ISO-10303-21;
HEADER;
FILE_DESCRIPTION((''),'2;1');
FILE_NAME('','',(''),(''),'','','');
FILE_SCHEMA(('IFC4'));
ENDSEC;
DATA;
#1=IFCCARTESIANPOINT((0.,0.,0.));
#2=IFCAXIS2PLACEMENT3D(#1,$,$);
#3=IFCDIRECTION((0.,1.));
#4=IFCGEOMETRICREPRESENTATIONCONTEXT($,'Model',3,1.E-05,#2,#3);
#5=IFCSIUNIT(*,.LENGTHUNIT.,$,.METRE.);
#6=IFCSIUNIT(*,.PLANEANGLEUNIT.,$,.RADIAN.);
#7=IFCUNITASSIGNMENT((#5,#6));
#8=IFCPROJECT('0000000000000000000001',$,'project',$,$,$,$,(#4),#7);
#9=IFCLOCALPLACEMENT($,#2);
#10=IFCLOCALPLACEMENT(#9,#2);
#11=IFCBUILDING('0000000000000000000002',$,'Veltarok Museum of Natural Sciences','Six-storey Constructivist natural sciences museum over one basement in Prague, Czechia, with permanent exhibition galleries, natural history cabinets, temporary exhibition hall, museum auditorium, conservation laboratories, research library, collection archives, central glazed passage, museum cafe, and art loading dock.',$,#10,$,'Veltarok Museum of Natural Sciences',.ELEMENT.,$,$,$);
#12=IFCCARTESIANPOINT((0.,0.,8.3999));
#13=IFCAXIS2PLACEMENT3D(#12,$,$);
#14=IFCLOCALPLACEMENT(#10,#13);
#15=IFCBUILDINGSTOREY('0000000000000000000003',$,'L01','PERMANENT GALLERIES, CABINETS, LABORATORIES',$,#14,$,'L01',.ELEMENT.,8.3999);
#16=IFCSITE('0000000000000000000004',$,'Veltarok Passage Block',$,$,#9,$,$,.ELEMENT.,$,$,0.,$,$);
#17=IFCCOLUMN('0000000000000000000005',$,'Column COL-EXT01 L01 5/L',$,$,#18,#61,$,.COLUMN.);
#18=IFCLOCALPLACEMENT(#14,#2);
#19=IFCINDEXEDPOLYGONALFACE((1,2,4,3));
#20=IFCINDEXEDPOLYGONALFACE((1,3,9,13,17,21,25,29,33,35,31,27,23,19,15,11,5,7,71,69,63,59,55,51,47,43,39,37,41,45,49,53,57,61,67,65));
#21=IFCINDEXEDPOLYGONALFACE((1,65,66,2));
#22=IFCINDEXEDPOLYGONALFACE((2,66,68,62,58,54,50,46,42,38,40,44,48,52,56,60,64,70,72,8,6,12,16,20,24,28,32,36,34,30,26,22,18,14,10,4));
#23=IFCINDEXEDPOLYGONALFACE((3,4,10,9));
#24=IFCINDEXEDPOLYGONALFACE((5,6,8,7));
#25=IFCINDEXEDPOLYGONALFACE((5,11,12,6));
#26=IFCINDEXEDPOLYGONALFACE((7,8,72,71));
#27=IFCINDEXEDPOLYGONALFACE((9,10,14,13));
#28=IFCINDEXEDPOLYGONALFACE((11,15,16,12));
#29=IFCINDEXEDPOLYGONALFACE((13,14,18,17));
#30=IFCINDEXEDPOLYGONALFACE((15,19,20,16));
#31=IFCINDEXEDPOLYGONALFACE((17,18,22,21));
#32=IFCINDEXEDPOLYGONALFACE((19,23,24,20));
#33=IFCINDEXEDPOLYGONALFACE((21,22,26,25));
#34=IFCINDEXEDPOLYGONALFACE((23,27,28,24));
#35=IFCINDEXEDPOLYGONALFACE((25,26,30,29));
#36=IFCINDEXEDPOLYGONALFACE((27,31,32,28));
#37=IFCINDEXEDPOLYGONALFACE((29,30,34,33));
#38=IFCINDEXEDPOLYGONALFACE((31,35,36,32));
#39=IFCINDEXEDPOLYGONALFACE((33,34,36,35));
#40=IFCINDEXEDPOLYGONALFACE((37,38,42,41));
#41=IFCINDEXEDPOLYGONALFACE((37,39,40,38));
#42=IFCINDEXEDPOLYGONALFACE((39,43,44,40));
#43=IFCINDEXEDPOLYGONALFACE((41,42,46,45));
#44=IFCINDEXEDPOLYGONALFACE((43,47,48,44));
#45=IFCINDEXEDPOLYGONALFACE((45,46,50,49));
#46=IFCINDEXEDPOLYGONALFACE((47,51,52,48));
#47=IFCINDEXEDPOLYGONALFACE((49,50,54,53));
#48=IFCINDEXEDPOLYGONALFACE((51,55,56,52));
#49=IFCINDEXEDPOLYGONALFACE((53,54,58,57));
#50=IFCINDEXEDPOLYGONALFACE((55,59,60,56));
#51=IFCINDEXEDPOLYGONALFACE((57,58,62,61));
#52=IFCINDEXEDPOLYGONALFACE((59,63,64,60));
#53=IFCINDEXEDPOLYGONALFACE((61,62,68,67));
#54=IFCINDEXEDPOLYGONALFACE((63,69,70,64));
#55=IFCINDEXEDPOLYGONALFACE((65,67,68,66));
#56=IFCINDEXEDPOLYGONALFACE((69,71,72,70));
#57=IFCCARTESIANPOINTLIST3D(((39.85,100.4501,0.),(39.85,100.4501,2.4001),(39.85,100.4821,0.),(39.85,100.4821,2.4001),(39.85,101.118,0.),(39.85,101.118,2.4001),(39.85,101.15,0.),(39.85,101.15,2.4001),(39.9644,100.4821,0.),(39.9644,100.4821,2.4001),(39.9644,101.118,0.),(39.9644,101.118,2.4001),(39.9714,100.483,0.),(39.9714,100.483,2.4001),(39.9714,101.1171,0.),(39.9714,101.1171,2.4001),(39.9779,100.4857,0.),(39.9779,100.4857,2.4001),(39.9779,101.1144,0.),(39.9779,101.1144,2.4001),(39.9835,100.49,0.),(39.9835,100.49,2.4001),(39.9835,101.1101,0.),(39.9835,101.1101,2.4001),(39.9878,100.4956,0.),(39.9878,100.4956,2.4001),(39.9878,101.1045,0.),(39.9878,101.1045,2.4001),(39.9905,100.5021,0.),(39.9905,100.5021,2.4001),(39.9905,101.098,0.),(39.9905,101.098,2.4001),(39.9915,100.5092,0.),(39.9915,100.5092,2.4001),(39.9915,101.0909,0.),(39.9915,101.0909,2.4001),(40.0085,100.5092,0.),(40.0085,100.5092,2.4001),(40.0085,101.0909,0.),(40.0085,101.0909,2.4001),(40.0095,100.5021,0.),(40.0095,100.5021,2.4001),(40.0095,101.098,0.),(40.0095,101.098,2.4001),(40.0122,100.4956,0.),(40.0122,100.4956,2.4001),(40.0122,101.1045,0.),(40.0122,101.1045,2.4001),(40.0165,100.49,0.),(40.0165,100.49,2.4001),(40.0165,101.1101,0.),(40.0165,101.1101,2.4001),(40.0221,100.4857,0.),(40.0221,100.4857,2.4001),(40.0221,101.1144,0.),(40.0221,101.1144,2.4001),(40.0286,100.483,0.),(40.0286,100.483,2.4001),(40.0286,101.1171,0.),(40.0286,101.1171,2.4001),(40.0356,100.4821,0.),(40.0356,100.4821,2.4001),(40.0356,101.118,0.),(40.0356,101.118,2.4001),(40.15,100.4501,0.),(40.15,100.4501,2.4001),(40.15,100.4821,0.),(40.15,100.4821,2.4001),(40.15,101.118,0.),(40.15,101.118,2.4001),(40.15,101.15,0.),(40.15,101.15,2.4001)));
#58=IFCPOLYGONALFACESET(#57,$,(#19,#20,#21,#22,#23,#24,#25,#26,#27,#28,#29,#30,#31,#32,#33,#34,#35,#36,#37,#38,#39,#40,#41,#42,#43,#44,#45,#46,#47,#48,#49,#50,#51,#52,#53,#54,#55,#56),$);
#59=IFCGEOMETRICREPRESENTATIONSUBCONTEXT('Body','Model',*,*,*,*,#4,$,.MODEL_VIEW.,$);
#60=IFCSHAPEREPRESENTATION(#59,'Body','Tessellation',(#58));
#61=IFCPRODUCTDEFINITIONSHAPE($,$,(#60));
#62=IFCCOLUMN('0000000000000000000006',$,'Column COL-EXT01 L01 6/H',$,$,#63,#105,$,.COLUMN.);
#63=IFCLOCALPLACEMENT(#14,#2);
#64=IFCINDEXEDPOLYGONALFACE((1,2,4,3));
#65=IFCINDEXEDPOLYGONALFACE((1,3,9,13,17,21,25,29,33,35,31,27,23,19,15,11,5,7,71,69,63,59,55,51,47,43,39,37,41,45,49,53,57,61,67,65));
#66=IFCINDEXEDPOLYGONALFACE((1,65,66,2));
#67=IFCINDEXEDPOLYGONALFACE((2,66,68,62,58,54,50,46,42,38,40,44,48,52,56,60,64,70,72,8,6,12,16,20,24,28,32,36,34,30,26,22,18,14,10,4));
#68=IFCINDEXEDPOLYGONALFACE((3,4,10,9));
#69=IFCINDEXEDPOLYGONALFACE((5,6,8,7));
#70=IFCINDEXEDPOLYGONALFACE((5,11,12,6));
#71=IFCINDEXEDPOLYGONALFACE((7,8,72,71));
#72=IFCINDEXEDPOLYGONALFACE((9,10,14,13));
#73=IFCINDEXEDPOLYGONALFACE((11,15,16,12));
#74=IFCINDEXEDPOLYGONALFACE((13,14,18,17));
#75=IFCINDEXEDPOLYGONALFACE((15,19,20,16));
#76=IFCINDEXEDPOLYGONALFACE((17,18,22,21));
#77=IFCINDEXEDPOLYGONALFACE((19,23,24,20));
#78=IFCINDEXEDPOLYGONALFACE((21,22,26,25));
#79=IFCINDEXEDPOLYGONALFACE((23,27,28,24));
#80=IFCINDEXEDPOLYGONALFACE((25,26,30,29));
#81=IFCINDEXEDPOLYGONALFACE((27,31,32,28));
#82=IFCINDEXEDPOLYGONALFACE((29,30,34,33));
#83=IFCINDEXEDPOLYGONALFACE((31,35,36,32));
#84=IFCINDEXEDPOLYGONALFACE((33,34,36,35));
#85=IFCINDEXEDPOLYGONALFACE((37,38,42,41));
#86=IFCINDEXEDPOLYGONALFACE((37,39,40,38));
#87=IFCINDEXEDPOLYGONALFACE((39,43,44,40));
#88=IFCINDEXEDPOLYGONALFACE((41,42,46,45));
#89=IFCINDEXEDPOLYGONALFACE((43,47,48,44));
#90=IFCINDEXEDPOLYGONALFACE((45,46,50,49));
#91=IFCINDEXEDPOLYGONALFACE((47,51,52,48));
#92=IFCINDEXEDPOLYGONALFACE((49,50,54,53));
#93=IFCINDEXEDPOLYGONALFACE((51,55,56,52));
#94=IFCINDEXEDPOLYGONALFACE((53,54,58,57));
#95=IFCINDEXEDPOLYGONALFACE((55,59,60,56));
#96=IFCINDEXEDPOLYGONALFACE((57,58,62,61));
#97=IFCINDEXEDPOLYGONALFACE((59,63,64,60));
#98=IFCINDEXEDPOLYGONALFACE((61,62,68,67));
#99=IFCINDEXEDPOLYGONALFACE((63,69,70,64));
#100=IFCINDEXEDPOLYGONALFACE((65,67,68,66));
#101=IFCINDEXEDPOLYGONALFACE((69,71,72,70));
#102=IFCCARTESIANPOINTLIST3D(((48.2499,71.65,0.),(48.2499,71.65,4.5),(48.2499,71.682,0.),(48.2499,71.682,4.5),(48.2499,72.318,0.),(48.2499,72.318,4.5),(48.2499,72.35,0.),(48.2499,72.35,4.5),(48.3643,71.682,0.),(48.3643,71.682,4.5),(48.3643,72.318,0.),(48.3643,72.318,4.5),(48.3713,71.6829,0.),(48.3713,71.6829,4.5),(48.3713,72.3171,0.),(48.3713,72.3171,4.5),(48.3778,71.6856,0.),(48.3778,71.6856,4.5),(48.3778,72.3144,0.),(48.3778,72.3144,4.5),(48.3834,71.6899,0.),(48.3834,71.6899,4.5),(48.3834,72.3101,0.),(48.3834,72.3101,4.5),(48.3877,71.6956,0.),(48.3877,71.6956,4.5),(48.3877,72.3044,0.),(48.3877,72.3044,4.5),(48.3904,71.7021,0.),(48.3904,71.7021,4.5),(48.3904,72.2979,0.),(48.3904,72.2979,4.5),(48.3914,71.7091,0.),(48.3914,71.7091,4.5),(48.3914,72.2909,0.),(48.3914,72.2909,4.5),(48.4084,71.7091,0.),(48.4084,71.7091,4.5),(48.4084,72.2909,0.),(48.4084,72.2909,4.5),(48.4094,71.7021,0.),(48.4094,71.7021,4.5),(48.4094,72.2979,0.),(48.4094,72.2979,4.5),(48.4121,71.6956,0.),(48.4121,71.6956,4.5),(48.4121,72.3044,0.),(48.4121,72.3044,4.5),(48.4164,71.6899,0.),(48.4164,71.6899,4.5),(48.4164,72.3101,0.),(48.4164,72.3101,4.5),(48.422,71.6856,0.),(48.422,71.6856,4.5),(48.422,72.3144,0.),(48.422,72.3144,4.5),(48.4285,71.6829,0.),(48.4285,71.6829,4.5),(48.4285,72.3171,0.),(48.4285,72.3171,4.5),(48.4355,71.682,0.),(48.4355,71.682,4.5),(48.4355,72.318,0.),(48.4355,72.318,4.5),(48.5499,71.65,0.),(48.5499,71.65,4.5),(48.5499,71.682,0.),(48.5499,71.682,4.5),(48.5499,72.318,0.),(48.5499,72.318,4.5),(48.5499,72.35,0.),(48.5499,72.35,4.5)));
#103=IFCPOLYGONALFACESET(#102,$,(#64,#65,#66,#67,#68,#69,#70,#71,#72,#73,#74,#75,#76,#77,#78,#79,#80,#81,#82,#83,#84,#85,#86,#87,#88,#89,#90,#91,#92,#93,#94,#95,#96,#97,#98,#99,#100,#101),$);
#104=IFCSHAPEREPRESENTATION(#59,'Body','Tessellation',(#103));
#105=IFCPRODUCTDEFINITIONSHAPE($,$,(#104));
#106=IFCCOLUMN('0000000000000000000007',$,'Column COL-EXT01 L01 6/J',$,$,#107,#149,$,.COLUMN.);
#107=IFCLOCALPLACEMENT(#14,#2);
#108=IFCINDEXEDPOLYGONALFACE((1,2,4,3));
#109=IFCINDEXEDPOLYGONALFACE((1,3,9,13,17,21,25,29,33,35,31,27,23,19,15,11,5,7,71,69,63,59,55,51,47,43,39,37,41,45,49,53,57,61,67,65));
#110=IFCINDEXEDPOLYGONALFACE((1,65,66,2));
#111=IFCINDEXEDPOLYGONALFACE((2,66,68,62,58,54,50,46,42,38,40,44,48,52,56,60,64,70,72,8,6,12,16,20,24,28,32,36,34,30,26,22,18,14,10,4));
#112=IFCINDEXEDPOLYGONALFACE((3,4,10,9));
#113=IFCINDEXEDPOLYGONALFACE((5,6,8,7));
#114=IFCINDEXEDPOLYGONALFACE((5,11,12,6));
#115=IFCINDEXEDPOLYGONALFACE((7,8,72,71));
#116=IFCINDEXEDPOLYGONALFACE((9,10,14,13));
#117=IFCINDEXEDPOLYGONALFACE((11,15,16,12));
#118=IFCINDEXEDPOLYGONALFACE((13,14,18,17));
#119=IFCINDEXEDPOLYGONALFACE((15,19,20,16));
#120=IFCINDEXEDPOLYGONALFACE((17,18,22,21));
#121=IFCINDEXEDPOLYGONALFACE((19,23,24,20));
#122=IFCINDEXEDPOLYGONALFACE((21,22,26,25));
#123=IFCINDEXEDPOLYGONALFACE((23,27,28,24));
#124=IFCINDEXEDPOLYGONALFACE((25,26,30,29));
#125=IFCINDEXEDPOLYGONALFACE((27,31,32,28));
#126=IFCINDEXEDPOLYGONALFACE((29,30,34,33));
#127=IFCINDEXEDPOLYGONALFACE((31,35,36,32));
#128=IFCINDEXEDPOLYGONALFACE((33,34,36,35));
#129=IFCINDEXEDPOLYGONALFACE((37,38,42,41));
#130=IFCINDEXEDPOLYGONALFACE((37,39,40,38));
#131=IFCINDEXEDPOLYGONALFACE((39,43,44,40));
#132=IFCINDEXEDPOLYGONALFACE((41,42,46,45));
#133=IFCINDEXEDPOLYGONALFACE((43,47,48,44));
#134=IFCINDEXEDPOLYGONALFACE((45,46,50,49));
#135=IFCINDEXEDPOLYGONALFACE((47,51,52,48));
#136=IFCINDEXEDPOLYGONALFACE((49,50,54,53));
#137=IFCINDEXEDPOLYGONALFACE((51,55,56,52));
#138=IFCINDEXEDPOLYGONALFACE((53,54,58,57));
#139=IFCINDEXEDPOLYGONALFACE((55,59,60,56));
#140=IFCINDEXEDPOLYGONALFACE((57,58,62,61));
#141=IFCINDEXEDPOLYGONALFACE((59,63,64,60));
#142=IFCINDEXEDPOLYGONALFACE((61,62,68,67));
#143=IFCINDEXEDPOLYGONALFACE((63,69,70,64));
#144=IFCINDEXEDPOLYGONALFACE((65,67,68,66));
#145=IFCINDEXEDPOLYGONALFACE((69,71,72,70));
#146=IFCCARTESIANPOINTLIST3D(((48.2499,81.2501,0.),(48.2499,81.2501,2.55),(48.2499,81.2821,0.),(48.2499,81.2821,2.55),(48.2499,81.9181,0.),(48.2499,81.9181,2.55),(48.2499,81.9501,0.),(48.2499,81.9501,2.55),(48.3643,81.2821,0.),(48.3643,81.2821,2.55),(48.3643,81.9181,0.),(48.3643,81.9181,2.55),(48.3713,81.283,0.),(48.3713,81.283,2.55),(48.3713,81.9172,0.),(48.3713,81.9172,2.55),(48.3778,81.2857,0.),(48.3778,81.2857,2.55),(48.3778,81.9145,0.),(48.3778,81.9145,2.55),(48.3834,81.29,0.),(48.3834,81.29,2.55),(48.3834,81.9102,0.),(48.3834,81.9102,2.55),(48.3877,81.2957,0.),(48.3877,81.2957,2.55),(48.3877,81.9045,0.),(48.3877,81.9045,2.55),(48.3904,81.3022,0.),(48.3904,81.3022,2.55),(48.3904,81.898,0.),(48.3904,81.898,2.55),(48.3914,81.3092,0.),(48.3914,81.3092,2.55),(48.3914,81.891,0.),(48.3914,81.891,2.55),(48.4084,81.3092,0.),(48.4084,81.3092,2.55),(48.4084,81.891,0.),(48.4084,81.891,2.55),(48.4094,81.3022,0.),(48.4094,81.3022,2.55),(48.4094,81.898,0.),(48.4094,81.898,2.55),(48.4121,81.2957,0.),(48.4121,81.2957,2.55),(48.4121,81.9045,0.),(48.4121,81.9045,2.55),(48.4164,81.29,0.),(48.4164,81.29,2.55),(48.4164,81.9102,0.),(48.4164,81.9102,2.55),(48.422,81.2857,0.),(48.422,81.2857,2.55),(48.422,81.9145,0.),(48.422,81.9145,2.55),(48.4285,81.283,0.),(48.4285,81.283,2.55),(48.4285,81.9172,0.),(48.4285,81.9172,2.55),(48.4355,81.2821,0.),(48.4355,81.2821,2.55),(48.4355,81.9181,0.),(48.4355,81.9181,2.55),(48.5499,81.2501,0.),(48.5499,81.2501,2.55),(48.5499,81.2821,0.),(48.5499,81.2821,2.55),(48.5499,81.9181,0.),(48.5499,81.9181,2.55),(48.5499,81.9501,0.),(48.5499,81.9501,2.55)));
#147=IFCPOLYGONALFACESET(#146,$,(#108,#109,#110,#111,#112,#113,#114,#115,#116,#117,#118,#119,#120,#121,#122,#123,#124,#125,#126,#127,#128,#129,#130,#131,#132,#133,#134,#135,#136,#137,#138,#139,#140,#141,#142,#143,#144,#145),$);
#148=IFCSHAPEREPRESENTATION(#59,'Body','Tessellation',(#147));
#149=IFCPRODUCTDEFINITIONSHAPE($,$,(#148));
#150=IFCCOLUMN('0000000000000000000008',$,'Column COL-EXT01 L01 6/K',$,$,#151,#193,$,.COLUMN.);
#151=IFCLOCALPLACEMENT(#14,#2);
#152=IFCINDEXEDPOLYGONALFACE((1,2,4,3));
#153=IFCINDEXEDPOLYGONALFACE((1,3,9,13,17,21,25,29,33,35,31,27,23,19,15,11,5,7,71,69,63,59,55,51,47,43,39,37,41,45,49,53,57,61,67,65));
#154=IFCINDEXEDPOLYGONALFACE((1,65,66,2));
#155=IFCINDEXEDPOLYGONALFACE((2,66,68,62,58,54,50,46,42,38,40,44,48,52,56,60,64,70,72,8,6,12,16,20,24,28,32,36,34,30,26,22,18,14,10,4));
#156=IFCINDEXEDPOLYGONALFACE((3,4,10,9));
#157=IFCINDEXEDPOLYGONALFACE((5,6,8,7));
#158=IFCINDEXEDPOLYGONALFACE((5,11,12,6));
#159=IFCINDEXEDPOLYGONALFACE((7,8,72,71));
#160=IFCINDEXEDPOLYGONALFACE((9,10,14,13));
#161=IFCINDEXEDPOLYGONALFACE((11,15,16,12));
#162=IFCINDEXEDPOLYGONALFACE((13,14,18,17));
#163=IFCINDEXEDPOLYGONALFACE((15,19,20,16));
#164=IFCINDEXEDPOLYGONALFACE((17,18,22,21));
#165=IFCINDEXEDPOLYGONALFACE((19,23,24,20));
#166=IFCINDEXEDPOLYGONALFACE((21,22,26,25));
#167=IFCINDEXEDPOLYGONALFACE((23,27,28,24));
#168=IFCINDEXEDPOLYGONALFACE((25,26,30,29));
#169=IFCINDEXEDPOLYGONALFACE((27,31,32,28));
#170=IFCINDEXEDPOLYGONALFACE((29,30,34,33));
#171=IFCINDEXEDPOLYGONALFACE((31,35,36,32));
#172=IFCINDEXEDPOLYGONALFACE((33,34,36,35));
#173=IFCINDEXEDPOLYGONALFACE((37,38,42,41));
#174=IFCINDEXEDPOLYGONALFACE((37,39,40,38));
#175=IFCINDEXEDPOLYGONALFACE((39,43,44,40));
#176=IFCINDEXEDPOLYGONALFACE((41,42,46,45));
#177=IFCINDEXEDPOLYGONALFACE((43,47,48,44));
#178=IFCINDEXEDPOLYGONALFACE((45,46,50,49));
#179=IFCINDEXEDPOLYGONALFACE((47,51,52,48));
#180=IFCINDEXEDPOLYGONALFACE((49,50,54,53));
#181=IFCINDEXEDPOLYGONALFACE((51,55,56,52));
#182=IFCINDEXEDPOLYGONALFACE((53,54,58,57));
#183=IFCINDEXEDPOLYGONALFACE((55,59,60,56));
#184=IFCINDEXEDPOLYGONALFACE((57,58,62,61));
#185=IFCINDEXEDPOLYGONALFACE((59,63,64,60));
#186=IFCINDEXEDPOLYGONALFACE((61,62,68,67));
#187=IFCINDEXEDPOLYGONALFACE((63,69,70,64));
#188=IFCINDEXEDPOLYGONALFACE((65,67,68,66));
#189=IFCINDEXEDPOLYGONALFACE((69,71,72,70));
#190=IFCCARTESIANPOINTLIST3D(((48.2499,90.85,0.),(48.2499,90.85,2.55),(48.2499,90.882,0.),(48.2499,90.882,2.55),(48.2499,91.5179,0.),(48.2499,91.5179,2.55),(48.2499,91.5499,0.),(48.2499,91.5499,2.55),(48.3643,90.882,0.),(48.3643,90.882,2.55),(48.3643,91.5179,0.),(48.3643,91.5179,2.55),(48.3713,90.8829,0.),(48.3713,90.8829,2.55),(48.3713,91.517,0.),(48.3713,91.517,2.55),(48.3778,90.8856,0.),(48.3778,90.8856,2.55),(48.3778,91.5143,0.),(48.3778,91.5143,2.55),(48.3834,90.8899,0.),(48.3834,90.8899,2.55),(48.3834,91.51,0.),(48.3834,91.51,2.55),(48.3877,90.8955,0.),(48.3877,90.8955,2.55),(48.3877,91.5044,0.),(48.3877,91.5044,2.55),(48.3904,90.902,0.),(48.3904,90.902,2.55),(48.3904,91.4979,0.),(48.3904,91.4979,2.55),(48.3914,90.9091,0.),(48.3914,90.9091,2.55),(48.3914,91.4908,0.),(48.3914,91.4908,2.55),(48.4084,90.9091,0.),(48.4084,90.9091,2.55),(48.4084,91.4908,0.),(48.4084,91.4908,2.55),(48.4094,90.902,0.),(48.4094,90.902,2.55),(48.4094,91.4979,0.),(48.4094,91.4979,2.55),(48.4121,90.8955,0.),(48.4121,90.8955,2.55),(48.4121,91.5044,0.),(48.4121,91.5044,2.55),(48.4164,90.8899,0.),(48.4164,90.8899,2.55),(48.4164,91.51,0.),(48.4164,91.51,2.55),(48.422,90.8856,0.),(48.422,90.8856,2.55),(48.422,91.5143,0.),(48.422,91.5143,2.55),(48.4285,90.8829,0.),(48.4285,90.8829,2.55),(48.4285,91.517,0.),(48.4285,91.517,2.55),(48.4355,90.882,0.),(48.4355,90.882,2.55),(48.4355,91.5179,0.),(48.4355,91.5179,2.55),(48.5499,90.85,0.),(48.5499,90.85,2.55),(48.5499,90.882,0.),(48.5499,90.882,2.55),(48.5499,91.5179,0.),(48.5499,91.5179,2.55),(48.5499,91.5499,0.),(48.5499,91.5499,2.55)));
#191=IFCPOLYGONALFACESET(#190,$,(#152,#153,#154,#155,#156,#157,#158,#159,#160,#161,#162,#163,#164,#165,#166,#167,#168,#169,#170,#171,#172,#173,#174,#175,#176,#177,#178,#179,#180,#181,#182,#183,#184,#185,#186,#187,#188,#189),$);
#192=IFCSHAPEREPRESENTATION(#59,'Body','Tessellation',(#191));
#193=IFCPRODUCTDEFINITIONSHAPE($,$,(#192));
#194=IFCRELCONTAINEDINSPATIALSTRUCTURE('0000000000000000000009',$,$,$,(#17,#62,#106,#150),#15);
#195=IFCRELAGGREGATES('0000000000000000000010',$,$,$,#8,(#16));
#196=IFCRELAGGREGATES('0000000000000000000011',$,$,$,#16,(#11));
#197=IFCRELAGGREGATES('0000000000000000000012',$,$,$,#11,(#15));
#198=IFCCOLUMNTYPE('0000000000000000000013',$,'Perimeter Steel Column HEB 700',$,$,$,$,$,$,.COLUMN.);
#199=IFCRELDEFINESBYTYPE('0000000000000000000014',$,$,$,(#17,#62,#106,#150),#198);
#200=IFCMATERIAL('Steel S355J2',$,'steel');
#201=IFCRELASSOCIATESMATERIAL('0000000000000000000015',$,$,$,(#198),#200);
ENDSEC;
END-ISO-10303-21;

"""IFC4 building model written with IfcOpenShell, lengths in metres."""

from ifc_helpers import new_model, si_unit, direction, frame, origin, origin_2d, place, context, subcontext, project, spatial, i_section, extrude, material, material_profile, profile_set, type_object, element, save


model = new_model("IFC4")

# Units and contexts
model_context = context("Model", 3, precision=1e-05, world=origin(), true_north=direction((0.0, 1.0)))
body_context = subcontext(model_context, "Body", "Model", "MODEL_VIEW")
ifc_project = project(units=[si_unit("LENGTHUNIT", "METRE"), si_unit("PLANEANGLEUNIT", "RADIAN")], contexts=[model_context])

# Site, building, storey
site_placement = place(None, origin())
site = spatial("IfcSite", under=ifc_project, at=site_placement, Name="Veltarok Passage Block", CompositionType="ELEMENT", RefElevation=0.0)
building_placement = place(site_placement, origin())
building = spatial("IfcBuilding", under=site, at=building_placement, Name="Veltarok Museum of Natural Sciences", Description="Six-storey Constructivist natural sciences museum over one basement in Prague, Czechia, with permanent exhibition galleries, natural history cabinets, temporary exhibition hall, museum auditorium, conservation laboratories, research library, collection archives, central glazed passage, museum cafe, and art loading dock.", LongName="Veltarok Museum of Natural Sciences", CompositionType="ELEMENT")
storey_placement = place(building_placement, frame((0.0, 0.0, 8.3999)))
storey = spatial("IfcBuildingStorey", under=building, at=storey_placement, Name="L01", Description="PERMANENT GALLERIES, CABINETS, LABORATORIES", LongName="L01", CompositionType="ELEMENT", Elevation=8.3999)

# Columns
ifc_material_1 = material(Name="Steel S355J2", Category="steel")
ifc_material_profile_1 = material_profile(ifc_material_1, i_section(OverallWidth=0.3, OverallDepth=0.7, WebThickness=0.0171, FlangeThickness=0.032, FilletRadius=0.0271, at=origin_2d()), Name="HEB 700")
ifc_profile_set_1 = profile_set([ifc_material_profile_1], Name="Steel S355J2")
column_type = type_object("IfcColumnType", Name="Perimeter Steel Column HEB 700", PredefinedType="COLUMN", material=ifc_profile_set_1)
column_1_placement = place(storey_placement, frame((40.0, 100.8, 0.0), z_axis=(0.0, 0.0, 1.0), x_axis=(1.0, 0.0, 0.0)))
element("IfcColumn", 1, at=column_1_placement, inside=storey, type_object=column_type, Name="Column COL-EXT01 L01 5/L", PredefinedType="COLUMN", context=body_context, shape_type="SweptSolid", body=[
    extrude(i_section(OverallWidth=0.3, OverallDepth=0.7, WebThickness=0.0171, FlangeThickness=0.032, FilletRadius=0.0271, at=origin_2d()), origin(), (0.0, 0.0, 1.0), 2.4001),
])
column_2_placement = place(storey_placement, frame((48.3999, 72.0, 0.0), z_axis=(0.0, 0.0, 1.0), x_axis=(1.0, 0.0, 0.0)))
element("IfcColumn", 2, at=column_2_placement, inside=storey, type_object=column_type, Name="Column COL-EXT01 L01 6/H", PredefinedType="COLUMN", context=body_context, shape_type="SweptSolid", body=[
    extrude(i_section(OverallWidth=0.3, OverallDepth=0.7, WebThickness=0.0171, FlangeThickness=0.032, FilletRadius=0.0271, at=origin_2d()), origin(), (0.0, 0.0, 1.0), 4.5),
])
for number, where, z_axis, x_axis, name in (
    (3, (48.3999, 81.6001, 0.0), (0.0, 0.0, 1.0), (1.0, 0.0, 0.0), "Column COL-EXT01 L01 6/J"),
    (4, (48.3999, 91.2, 0.0), (0.0, 0.0, 1.0), (1.0, 0.0, 0.0), "Column COL-EXT01 L01 6/K"),
):
    element("IfcColumn", number, at=place(storey_placement, frame(where, z_axis=z_axis, x_axis=x_axis)), inside=storey, type_object=column_type, Name=name, PredefinedType="COLUMN", context=body_context, shape_type="SweptSolid", body=[
        extrude(i_section(OverallWidth=0.3, OverallDepth=0.7, WebThickness=0.0171, FlangeThickness=0.032, FilletRadius=0.0271, at=origin_2d()), origin(), (0.0, 0.0, 1.0), 2.55),
    ])

save(model, "model.ifc")
